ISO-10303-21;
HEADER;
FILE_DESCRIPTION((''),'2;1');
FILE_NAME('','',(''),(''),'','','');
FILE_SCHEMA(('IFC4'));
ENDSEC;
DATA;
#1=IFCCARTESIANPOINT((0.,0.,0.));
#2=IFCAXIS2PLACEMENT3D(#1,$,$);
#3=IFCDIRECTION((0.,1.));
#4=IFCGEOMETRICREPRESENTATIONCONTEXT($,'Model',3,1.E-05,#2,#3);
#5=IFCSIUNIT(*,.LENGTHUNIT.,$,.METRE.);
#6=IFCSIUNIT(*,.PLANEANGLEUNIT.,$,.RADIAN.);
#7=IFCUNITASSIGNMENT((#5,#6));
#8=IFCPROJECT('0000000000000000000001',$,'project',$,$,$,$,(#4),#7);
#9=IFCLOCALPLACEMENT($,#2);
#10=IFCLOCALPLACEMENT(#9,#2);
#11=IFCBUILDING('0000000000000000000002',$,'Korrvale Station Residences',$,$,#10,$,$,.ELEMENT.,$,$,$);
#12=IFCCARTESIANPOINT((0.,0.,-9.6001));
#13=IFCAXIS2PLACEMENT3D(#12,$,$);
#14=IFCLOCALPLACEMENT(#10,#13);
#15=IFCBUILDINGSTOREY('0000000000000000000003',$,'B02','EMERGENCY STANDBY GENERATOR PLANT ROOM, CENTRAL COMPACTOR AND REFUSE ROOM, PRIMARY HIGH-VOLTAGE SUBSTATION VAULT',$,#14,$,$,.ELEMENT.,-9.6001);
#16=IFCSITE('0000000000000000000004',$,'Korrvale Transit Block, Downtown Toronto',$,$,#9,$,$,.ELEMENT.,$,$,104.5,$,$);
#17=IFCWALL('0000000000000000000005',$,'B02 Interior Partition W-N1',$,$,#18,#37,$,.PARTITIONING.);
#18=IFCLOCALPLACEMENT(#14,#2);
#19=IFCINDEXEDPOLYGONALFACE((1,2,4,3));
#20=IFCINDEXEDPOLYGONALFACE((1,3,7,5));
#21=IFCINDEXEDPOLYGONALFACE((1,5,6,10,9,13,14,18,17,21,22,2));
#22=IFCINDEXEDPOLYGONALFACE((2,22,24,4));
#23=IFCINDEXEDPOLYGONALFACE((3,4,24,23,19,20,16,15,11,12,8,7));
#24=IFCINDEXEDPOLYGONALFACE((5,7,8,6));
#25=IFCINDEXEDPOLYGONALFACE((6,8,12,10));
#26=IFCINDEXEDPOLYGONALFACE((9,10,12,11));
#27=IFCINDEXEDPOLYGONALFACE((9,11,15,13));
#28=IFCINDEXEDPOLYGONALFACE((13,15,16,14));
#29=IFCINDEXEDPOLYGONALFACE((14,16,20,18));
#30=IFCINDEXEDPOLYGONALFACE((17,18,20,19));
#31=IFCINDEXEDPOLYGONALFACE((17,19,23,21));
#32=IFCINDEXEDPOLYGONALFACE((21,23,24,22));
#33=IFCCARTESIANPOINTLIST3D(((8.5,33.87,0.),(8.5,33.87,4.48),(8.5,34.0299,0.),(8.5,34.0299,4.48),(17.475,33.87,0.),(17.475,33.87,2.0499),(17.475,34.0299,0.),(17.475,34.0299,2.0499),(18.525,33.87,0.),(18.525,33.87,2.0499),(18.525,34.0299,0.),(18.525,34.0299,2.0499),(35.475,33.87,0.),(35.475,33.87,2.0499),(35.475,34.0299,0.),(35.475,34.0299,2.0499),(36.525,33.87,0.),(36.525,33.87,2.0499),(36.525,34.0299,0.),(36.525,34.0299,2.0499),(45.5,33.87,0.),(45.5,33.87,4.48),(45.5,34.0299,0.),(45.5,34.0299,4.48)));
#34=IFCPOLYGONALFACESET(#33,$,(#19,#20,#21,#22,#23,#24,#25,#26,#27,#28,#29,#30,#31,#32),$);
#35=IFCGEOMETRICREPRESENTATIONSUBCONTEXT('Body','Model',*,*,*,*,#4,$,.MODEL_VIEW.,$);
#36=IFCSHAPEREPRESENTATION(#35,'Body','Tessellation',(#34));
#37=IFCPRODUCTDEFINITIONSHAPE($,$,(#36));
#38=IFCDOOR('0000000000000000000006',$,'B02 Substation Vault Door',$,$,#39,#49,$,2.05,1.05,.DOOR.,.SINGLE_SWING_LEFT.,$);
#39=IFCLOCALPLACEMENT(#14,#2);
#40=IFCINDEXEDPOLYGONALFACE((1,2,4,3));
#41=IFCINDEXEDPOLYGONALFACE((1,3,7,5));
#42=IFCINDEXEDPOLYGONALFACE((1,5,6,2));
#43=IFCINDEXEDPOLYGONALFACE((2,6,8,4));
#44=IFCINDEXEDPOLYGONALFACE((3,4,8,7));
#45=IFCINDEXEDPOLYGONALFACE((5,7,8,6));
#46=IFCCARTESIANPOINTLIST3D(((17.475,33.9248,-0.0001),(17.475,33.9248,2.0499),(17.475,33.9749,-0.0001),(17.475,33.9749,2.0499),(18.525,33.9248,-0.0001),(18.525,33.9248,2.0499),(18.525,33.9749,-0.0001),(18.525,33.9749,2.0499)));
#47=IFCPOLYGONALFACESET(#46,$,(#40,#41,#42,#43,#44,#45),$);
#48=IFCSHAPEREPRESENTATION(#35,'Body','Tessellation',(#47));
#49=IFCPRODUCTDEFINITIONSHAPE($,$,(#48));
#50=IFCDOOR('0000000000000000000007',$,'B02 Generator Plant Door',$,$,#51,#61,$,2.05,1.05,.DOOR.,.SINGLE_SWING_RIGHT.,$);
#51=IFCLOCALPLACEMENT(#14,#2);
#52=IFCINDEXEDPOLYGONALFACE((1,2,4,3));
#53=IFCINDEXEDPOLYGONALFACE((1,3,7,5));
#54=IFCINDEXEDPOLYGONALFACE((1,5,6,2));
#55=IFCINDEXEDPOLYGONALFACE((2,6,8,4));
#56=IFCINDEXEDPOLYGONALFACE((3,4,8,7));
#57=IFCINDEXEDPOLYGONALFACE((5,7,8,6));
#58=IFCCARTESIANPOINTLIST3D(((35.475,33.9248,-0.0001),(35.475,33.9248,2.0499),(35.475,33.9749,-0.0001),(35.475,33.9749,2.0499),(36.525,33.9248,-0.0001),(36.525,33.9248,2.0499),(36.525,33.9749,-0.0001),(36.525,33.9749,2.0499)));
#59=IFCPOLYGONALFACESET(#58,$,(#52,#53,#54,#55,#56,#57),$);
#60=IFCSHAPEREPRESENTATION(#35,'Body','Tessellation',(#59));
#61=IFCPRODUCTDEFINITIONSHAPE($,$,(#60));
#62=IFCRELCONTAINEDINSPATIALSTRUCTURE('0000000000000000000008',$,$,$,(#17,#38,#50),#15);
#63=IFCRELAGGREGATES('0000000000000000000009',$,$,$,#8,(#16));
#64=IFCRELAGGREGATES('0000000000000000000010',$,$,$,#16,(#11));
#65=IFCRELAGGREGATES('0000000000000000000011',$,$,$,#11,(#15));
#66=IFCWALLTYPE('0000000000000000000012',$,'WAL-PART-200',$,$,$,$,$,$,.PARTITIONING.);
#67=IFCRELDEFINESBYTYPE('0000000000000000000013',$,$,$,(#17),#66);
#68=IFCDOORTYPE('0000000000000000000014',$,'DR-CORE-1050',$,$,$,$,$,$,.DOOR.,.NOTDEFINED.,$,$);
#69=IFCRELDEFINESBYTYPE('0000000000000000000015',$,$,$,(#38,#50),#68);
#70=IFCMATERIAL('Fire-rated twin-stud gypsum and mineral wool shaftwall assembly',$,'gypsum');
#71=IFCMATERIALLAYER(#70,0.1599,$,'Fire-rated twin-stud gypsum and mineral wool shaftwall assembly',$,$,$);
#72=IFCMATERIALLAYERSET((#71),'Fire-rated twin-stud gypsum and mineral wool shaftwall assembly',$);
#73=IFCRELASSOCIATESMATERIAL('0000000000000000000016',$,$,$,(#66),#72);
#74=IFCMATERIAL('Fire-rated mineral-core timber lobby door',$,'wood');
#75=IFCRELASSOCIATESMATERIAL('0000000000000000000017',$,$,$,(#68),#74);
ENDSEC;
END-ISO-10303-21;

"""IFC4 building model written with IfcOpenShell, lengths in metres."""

from ifc_helpers import new_model, si_unit, direction, frame, frame_2d, origin, place, context, subcontext, project, spatial, rectangle, extrude, material, layer, layer_set, type_object, element, fill, save


model = new_model("IFC4")

# Units and contexts
model_context = context("Model", 3, precision=1e-05, world=origin(), true_north=direction((0.0, 1.0)))
body_context = subcontext(model_context, "Body", "Model", "MODEL_VIEW")
ifc_project = project(units=[si_unit("LENGTHUNIT", "METRE"), si_unit("PLANEANGLEUNIT", "RADIAN")], contexts=[model_context])

# Site, building, storey
site_placement = place(None, origin())
site = spatial("IfcSite", under=ifc_project, at=site_placement, Name="Korrvale Transit Block, Downtown Toronto", CompositionType="ELEMENT", RefElevation=104.5)
building_placement = place(site_placement, origin())
building = spatial("IfcBuilding", under=site, at=building_placement, Name="Korrvale Station Residences", CompositionType="ELEMENT")
storey_placement = place(building_placement, frame((0.0, 0.0, -9.6001)))
storey = spatial("IfcBuildingStorey", under=building, at=storey_placement, Name="B02", Description="EMERGENCY STANDBY GENERATOR PLANT ROOM, CENTRAL COMPACTOR AND REFUSE ROOM, PRIMARY HIGH-VOLTAGE SUBSTATION VAULT", CompositionType="ELEMENT", Elevation=-9.6001)

# Shared definitions
ifc_material_1 = material(Name="Fire-rated twin-stud gypsum and mineral wool shaftwall assembly", Category="gypsum")
ifc_layer = layer(ifc_material_1, 0.1599, Name="Fire-rated twin-stud gypsum and mineral wool shaftwall assembly")
ifc_layer_set = layer_set([ifc_layer], Name="Fire-rated twin-stud gypsum and mineral wool shaftwall assembly")
wall_type = type_object("IfcWallType", Name="WAL-PART-200", PredefinedType="PARTITIONING", material=ifc_layer_set)

# Wall, openings, doors
wall_1_placement = place(storey_placement, frame((8.5, 33.95, 0.0), z_axis=(0.0, 0.0, 1.0), x_axis=(1.0, 0.0, 0.0)))
wall_1 = element("IfcWall", 1, at=wall_1_placement, inside=storey, type_object=wall_type, Name="B02 Interior Partition W-N1", PredefinedType="PARTITIONING", context=body_context, shape_type="SweptSolid", body=[
    extrude(rectangle(XDim=37.0, YDim=0.1599, at=frame_2d((18.5, 0.0))), origin(), (0.0, 0.0, 1.0), 4.48),
])
opening_1_placement = place(wall_1_placement, frame((8.9751, 0.0, 0.0)))
opening_1 = element("IfcOpeningElement", 2, at=opening_1_placement, cuts=wall_1, PredefinedType="OPENING", context=body_context, shape_type="SweptSolid", body=[
    extrude(rectangle(XDim=1.05, YDim=2.05, at=frame_2d((0.5249, 1.0249))), frame((0.0, 0.0898, 0.0), z_axis=(0.0, -1.0, 0.0), x_axis=(1.0, 0.0, 0.0)), (0.0, 0.0, 1.0), 0.1799),
])
opening_2_placement = place(wall_1_placement, frame((26.9751, 0.0, 0.0)))
opening_2 = element("IfcOpeningElement", 3, at=opening_2_placement, cuts=wall_1, PredefinedType="OPENING", context=body_context, shape_type="SweptSolid", body=[
    extrude(rectangle(XDim=1.05, YDim=2.05, at=frame_2d((0.5249, 1.0249))), frame((0.0, 0.0898, 0.0), z_axis=(0.0, -1.0, 0.0), x_axis=(1.0, 0.0, 0.0)), (0.0, 0.0, 1.0), 0.1799),
])
ifc_material_2 = material(Name="Fire-rated mineral-core timber lobby door", Category="wood")
door_type_1 = type_object("IfcDoorType", Name="DR-CORE-1050", OperationType="NOTDEFINED", PredefinedType="DOOR", material=ifc_material_2)
door_1_placement = place(opening_1_placement, origin())
door_1 = element("IfcDoor", 4, at=door_1_placement, inside=storey, type_object=door_type_1, Name="B02 Substation Vault Door", OperationType="SINGLE_SWING_LEFT", OverallHeight=2.05, OverallWidth=1.05, PredefinedType="DOOR", context=body_context, shape_type="SweptSolid", body=[
    extrude(rectangle(XDim=1.05, YDim=2.05, at=frame_2d((0.5249, 1.0249))), frame((0.0, 0.0249, 0.0), z_axis=(0.0, -1.0, 0.0), x_axis=(1.0, 0.0, 0.0)), (0.0, 0.0, 1.0), 0.05),
])
fill(opening_1, door_1)
door_2_placement = place(opening_2_placement, origin())
door_2 = element("IfcDoor", 5, at=door_2_placement, inside=storey, type_object=door_type_1, Name="B02 Generator Plant Door", OperationType="SINGLE_SWING_RIGHT", OverallHeight=2.05, OverallWidth=1.05, PredefinedType="DOOR", context=body_context, shape_type="SweptSolid", body=[
    extrude(rectangle(XDim=1.05, YDim=2.05, at=frame_2d((0.5249, 1.0249))), frame((0.0, 0.0249, 0.0), z_axis=(0.0, -1.0, 0.0), x_axis=(1.0, 0.0, 0.0)), (0.0, 0.0, 1.0), 0.05),
])
fill(opening_2, door_2)

save(model, "model.ifc")
